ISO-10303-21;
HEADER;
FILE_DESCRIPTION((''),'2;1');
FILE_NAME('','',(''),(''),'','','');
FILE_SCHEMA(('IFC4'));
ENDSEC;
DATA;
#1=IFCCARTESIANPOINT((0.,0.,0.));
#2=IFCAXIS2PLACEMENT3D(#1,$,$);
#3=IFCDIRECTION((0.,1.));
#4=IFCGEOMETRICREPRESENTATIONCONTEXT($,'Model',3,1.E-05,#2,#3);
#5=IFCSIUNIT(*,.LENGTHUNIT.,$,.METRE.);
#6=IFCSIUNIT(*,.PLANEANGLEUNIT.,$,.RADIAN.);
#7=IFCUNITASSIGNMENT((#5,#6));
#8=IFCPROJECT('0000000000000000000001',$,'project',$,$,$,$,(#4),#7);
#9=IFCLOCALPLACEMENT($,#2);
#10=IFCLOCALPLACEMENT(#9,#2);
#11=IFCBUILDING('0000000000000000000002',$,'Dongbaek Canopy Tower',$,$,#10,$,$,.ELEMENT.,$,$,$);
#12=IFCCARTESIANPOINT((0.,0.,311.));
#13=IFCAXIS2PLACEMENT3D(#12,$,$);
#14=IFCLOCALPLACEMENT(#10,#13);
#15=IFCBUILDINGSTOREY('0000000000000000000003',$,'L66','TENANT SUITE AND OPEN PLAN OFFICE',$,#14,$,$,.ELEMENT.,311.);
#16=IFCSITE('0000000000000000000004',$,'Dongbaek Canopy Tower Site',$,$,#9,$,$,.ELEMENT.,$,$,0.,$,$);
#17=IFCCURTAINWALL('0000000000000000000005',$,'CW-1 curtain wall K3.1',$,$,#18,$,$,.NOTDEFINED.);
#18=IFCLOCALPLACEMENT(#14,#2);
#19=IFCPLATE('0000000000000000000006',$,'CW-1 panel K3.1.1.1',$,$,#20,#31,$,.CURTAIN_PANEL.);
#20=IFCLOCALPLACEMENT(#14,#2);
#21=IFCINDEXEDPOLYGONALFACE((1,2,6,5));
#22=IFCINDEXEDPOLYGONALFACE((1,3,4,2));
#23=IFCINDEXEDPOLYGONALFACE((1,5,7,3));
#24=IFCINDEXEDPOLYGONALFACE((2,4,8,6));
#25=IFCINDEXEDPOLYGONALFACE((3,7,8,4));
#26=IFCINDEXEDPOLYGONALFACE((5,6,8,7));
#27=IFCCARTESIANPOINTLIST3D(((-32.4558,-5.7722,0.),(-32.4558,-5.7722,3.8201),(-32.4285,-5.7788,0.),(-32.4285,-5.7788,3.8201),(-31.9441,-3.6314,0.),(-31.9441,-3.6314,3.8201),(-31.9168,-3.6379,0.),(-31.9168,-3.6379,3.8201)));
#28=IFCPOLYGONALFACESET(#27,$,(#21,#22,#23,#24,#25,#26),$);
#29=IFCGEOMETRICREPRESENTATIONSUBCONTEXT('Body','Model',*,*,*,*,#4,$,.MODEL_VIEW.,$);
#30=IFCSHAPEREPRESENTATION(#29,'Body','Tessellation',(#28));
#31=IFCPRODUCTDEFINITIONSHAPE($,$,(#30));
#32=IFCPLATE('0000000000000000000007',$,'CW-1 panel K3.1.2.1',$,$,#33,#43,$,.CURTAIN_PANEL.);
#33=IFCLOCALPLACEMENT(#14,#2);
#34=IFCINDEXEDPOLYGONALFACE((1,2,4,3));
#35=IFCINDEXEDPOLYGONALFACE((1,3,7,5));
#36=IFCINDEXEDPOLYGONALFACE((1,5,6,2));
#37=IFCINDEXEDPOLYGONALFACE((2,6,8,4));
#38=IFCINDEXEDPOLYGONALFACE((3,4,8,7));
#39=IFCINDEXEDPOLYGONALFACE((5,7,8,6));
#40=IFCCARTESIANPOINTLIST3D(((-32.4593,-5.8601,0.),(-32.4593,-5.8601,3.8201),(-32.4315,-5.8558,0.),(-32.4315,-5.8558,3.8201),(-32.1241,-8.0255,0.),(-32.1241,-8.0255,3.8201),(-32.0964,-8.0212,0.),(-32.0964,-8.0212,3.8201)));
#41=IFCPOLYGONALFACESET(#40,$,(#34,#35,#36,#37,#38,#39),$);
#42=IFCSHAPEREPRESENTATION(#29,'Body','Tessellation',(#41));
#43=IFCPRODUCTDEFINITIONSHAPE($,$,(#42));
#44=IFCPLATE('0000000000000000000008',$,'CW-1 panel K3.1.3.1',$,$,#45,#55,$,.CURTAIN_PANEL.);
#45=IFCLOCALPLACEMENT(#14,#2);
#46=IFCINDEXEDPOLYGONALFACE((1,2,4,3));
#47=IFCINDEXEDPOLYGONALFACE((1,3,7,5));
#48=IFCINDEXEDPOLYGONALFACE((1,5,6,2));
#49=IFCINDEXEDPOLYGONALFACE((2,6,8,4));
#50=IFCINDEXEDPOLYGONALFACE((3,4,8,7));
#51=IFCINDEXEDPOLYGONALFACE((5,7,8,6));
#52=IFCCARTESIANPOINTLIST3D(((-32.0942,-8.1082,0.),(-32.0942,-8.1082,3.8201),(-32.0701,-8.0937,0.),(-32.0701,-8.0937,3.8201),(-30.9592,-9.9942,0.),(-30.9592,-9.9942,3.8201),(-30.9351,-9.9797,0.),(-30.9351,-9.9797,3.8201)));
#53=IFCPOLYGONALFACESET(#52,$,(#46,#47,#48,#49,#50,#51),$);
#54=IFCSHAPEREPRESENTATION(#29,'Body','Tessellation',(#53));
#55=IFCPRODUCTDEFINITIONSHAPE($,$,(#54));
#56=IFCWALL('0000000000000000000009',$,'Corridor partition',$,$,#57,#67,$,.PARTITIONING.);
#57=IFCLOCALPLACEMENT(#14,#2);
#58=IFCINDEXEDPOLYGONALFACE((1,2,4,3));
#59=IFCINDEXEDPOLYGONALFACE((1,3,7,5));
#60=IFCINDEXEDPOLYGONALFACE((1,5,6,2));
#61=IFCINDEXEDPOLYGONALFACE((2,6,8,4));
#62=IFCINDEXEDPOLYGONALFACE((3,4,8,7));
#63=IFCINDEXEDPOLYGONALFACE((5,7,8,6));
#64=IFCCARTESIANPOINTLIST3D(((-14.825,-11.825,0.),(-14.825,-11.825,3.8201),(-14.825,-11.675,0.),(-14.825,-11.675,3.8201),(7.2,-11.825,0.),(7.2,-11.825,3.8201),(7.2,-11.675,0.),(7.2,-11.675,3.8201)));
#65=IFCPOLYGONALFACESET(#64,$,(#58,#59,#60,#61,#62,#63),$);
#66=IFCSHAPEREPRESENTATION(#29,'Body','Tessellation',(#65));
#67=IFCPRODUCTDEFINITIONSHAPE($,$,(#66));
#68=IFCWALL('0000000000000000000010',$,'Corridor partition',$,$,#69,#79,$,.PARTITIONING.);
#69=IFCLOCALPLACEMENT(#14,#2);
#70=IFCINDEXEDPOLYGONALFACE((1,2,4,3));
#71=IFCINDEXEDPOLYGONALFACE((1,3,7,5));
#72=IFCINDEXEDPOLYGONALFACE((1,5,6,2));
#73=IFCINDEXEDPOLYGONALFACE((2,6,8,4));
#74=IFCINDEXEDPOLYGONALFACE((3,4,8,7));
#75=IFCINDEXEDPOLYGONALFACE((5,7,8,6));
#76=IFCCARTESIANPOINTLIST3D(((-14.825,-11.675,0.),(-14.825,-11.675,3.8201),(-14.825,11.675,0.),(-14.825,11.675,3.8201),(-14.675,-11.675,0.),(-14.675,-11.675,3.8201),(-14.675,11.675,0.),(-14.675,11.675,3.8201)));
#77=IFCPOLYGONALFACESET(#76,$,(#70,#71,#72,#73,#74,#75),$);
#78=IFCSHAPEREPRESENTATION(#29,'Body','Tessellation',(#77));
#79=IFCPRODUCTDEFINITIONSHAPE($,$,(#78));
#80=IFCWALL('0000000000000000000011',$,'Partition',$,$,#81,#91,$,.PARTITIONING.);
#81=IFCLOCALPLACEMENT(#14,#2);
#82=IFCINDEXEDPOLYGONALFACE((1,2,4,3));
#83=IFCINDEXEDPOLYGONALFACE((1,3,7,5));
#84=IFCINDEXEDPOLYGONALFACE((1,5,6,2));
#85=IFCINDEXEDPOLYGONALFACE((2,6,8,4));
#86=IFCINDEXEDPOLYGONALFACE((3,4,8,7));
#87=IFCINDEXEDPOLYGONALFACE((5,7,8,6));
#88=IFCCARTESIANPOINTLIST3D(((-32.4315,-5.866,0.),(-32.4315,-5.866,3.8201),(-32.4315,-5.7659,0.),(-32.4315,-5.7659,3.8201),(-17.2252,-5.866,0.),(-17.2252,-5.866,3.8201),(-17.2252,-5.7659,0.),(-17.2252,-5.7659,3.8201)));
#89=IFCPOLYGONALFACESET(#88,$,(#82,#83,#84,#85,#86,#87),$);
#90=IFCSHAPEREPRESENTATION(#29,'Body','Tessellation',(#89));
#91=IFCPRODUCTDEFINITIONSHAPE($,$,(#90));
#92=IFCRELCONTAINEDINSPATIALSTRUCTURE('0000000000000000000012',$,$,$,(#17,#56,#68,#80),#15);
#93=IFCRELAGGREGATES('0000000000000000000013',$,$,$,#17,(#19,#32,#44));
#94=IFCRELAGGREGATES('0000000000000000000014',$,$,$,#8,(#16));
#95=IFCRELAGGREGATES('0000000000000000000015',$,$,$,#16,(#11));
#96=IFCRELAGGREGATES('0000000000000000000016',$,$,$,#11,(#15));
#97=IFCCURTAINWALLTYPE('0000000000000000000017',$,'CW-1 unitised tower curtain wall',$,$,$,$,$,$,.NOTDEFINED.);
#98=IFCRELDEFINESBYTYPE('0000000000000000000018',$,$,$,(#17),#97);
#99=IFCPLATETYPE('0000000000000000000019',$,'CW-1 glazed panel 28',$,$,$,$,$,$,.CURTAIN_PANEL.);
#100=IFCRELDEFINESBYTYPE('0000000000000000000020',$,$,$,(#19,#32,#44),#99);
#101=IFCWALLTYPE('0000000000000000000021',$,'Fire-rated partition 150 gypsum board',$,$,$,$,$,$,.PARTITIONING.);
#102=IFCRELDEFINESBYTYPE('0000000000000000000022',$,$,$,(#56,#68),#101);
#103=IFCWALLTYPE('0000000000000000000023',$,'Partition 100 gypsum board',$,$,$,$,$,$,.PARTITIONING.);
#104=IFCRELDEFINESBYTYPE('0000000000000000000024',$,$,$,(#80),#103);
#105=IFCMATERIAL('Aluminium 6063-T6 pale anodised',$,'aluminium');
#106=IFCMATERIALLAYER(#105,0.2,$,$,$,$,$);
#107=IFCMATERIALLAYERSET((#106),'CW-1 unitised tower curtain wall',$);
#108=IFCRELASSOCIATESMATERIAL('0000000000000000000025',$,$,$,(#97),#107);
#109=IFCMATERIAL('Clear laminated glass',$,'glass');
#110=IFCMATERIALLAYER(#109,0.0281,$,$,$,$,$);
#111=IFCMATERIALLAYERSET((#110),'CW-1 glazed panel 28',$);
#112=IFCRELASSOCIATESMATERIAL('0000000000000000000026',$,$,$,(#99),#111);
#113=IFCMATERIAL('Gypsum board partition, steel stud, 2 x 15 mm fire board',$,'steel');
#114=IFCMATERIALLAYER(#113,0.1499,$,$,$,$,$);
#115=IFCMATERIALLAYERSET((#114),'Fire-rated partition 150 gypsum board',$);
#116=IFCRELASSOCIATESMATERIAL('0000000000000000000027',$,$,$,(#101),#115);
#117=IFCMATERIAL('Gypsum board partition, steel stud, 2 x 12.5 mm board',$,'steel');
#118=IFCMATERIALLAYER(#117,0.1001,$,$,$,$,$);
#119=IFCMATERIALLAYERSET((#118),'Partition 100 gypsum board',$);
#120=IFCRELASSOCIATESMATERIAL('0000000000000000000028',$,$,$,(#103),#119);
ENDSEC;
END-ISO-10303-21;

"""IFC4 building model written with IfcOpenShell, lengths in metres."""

from ifc_helpers import new_model, si_unit, direction, frame, frame_2d, origin, origin_2d, place, context, subcontext, project, spatial, rectangle, extrude, material, layer, layer_set, type_object, element, aggregate, save


model = new_model("IFC4")

# Units and contexts
model_context = context("Model", 3, precision=1e-05, world=origin(), true_north=direction((0.0, 1.0)))
body_context = subcontext(model_context, "Body", "Model", "MODEL_VIEW")
ifc_project = project(units=[si_unit("LENGTHUNIT", "METRE"), si_unit("PLANEANGLEUNIT", "RADIAN")], contexts=[model_context])

# Site, building, storey
site_placement = place(None, origin())
site = spatial("IfcSite", under=ifc_project, at=site_placement, Name="Dongbaek Canopy Tower Site", CompositionType="ELEMENT", RefElevation=0.0)
building_placement = place(site_placement, origin())
building = spatial("IfcBuilding", under=site, at=building_placement, Name="Dongbaek Canopy Tower", CompositionType="ELEMENT")
storey_placement = place(building_placement, frame((0.0, 0.0, 311.0)))
storey = spatial("IfcBuildingStorey", under=building, at=storey_placement, Name="L66", Description="TENANT SUITE AND OPEN PLAN OFFICE", CompositionType="ELEMENT", Elevation=311.0)

# Curtain wall
ifc_material_1 = material(Name="Aluminium 6063-T6 pale anodised", Category="aluminium")
ifc_layer_1 = layer(ifc_material_1, 0.2)
ifc_layer_set_1 = layer_set([ifc_layer_1], Name="CW-1 unitised tower curtain wall")
curtain_wall_type = type_object("IfcCurtainWallType", Name="CW-1 unitised tower curtain wall", PredefinedType="NOTDEFINED", material=ifc_layer_set_1)
curtain_wall_placement = place(storey_placement, origin())
curtain_wall = element("IfcCurtainWall", 1, at=curtain_wall_placement, inside=storey, type_object=curtain_wall_type, Name="CW-1 curtain wall K3.1", PredefinedType="NOTDEFINED")

# Plates
ifc_material_2 = material(Name="Clear laminated glass", Category="glass")
ifc_layer_2 = layer(ifc_material_2, 0.0281)
ifc_layer_set_2 = layer_set([ifc_layer_2], Name="CW-1 glazed panel 28")
plate_type = type_object("IfcPlateType", Name="CW-1 glazed panel 28", PredefinedType="CURTAIN_PANEL", material=ifc_layer_set_2)
plate_1_placement = place(storey_placement, frame((-32.1863, -4.7051, 0.0), z_axis=(0.0, 0.0, 1.0), x_axis=(-0.232482, -0.972601, 0.0)))
plate_1 = element("IfcPlate", 2, at=plate_1_placement, type_object=plate_type, Name="CW-1 panel K3.1.1.1", PredefinedType="CURTAIN_PANEL", context=body_context, shape_type="SweptSolid", body=[
    extrude(rectangle(XDim=2.2012, YDim=0.0281, at=origin_2d()), origin(), (0.0, 0.0, 1.0), 3.8201),
])
plate_2_placement = place(storey_placement, frame((-32.2778, -6.9407, 0.0), z_axis=(0.0, 0.0, 1.0), x_axis=(0.152964, -0.988232, 0.0)))
plate_2 = element("IfcPlate", 3, at=plate_2_placement, type_object=plate_type, Name="CW-1 panel K3.1.2.1", PredefinedType="CURTAIN_PANEL", context=body_context, shape_type="SweptSolid", body=[
    extrude(rectangle(XDim=2.1912, YDim=0.0281, at=origin_2d()), origin(), (0.0, 0.0, 1.0), 3.8201),
])
plate_3_placement = place(storey_placement, frame((-31.5146, -9.0439, 0.0), z_axis=(0.0, 0.0, 1.0), x_axis=(0.515646, -0.856802, 0.0)))
plate_3 = element("IfcPlate", 4, at=plate_3_placement, type_object=plate_type, Name="CW-1 panel K3.1.3.1", PredefinedType="CURTAIN_PANEL", context=body_context, shape_type="SweptSolid", body=[
    extrude(rectangle(XDim=2.2012, YDim=0.0281, at=origin_2d()), origin(), (0.0, 0.0, 1.0), 3.8201),
])
aggregate(curtain_wall, [plate_1, plate_2, plate_3])

# Walls
ifc_material_3 = material(Name="Gypsum board partition, steel stud, 2 x 15 mm fire board", Category="steel")
ifc_layer_3 = layer(ifc_material_3, 0.1499)
ifc_layer_set_3 = layer_set([ifc_layer_3], Name="Fire-rated partition 150 gypsum board")
wall_type_1 = type_object("IfcWallType", Name="Fire-rated partition 150 gypsum board", PredefinedType="PARTITIONING", material=ifc_layer_set_3)
wall_1_placement = place(storey_placement, frame((-14.825, -11.75, 0.0), z_axis=(0.0, 0.0, 1.0), x_axis=(1.0, 0.0, 0.0)))
element("IfcWall", 5, at=wall_1_placement, inside=storey, type_object=wall_type_1, Name="Corridor partition", PredefinedType="PARTITIONING", context=body_context, shape_type="SweptSolid", body=[
    extrude(rectangle(XDim=22.0249, YDim=0.1499, at=frame_2d((11.0125, 0.0))), origin(), (0.0, 0.0, 1.0), 3.8201),
])
wall_2_placement = place(storey_placement, frame((-14.75, -11.675, 0.0), z_axis=(0.0, 0.0, 1.0), x_axis=(0.0, 1.0, 0.0)))
element("IfcWall", 6, at=wall_2_placement, inside=storey, type_object=wall_type_1, Name="Corridor partition", PredefinedType="PARTITIONING", context=body_context, shape_type="SweptSolid", body=[
    extrude(rectangle(XDim=23.3501, YDim=0.1499, at=frame_2d((11.675, 0.0))), origin(), (0.0, 0.0, 1.0), 3.8201),
])
ifc_material_4 = material(Name="Gypsum board partition, steel stud, 2 x 12.5 mm board", Category="steel")
ifc_layer_4 = layer(ifc_material_4, 0.1001)
ifc_layer_set_4 = layer_set([ifc_layer_4], Name="Partition 100 gypsum board")
wall_type_2 = type_object("IfcWallType", Name="Partition 100 gypsum board", PredefinedType="PARTITIONING", material=ifc_layer_set_4)
wall_3_placement = place(storey_placement, frame((-32.4314, -5.8159, 0.0), z_axis=(0.0, 0.0, 1.0), x_axis=(1.0, 0.0, 0.0)))
element("IfcWall", 7, at=wall_3_placement, inside=storey, type_object=wall_type_2, Name="Partition", PredefinedType="PARTITIONING", context=body_context, shape_type="SweptSolid", body=[
    extrude(rectangle(XDim=15.2063, YDim=0.1001, at=frame_2d((7.603, 0.0))), origin(), (0.0, 0.0, 1.0), 3.8201),
])

save(model, "model.ifc")
